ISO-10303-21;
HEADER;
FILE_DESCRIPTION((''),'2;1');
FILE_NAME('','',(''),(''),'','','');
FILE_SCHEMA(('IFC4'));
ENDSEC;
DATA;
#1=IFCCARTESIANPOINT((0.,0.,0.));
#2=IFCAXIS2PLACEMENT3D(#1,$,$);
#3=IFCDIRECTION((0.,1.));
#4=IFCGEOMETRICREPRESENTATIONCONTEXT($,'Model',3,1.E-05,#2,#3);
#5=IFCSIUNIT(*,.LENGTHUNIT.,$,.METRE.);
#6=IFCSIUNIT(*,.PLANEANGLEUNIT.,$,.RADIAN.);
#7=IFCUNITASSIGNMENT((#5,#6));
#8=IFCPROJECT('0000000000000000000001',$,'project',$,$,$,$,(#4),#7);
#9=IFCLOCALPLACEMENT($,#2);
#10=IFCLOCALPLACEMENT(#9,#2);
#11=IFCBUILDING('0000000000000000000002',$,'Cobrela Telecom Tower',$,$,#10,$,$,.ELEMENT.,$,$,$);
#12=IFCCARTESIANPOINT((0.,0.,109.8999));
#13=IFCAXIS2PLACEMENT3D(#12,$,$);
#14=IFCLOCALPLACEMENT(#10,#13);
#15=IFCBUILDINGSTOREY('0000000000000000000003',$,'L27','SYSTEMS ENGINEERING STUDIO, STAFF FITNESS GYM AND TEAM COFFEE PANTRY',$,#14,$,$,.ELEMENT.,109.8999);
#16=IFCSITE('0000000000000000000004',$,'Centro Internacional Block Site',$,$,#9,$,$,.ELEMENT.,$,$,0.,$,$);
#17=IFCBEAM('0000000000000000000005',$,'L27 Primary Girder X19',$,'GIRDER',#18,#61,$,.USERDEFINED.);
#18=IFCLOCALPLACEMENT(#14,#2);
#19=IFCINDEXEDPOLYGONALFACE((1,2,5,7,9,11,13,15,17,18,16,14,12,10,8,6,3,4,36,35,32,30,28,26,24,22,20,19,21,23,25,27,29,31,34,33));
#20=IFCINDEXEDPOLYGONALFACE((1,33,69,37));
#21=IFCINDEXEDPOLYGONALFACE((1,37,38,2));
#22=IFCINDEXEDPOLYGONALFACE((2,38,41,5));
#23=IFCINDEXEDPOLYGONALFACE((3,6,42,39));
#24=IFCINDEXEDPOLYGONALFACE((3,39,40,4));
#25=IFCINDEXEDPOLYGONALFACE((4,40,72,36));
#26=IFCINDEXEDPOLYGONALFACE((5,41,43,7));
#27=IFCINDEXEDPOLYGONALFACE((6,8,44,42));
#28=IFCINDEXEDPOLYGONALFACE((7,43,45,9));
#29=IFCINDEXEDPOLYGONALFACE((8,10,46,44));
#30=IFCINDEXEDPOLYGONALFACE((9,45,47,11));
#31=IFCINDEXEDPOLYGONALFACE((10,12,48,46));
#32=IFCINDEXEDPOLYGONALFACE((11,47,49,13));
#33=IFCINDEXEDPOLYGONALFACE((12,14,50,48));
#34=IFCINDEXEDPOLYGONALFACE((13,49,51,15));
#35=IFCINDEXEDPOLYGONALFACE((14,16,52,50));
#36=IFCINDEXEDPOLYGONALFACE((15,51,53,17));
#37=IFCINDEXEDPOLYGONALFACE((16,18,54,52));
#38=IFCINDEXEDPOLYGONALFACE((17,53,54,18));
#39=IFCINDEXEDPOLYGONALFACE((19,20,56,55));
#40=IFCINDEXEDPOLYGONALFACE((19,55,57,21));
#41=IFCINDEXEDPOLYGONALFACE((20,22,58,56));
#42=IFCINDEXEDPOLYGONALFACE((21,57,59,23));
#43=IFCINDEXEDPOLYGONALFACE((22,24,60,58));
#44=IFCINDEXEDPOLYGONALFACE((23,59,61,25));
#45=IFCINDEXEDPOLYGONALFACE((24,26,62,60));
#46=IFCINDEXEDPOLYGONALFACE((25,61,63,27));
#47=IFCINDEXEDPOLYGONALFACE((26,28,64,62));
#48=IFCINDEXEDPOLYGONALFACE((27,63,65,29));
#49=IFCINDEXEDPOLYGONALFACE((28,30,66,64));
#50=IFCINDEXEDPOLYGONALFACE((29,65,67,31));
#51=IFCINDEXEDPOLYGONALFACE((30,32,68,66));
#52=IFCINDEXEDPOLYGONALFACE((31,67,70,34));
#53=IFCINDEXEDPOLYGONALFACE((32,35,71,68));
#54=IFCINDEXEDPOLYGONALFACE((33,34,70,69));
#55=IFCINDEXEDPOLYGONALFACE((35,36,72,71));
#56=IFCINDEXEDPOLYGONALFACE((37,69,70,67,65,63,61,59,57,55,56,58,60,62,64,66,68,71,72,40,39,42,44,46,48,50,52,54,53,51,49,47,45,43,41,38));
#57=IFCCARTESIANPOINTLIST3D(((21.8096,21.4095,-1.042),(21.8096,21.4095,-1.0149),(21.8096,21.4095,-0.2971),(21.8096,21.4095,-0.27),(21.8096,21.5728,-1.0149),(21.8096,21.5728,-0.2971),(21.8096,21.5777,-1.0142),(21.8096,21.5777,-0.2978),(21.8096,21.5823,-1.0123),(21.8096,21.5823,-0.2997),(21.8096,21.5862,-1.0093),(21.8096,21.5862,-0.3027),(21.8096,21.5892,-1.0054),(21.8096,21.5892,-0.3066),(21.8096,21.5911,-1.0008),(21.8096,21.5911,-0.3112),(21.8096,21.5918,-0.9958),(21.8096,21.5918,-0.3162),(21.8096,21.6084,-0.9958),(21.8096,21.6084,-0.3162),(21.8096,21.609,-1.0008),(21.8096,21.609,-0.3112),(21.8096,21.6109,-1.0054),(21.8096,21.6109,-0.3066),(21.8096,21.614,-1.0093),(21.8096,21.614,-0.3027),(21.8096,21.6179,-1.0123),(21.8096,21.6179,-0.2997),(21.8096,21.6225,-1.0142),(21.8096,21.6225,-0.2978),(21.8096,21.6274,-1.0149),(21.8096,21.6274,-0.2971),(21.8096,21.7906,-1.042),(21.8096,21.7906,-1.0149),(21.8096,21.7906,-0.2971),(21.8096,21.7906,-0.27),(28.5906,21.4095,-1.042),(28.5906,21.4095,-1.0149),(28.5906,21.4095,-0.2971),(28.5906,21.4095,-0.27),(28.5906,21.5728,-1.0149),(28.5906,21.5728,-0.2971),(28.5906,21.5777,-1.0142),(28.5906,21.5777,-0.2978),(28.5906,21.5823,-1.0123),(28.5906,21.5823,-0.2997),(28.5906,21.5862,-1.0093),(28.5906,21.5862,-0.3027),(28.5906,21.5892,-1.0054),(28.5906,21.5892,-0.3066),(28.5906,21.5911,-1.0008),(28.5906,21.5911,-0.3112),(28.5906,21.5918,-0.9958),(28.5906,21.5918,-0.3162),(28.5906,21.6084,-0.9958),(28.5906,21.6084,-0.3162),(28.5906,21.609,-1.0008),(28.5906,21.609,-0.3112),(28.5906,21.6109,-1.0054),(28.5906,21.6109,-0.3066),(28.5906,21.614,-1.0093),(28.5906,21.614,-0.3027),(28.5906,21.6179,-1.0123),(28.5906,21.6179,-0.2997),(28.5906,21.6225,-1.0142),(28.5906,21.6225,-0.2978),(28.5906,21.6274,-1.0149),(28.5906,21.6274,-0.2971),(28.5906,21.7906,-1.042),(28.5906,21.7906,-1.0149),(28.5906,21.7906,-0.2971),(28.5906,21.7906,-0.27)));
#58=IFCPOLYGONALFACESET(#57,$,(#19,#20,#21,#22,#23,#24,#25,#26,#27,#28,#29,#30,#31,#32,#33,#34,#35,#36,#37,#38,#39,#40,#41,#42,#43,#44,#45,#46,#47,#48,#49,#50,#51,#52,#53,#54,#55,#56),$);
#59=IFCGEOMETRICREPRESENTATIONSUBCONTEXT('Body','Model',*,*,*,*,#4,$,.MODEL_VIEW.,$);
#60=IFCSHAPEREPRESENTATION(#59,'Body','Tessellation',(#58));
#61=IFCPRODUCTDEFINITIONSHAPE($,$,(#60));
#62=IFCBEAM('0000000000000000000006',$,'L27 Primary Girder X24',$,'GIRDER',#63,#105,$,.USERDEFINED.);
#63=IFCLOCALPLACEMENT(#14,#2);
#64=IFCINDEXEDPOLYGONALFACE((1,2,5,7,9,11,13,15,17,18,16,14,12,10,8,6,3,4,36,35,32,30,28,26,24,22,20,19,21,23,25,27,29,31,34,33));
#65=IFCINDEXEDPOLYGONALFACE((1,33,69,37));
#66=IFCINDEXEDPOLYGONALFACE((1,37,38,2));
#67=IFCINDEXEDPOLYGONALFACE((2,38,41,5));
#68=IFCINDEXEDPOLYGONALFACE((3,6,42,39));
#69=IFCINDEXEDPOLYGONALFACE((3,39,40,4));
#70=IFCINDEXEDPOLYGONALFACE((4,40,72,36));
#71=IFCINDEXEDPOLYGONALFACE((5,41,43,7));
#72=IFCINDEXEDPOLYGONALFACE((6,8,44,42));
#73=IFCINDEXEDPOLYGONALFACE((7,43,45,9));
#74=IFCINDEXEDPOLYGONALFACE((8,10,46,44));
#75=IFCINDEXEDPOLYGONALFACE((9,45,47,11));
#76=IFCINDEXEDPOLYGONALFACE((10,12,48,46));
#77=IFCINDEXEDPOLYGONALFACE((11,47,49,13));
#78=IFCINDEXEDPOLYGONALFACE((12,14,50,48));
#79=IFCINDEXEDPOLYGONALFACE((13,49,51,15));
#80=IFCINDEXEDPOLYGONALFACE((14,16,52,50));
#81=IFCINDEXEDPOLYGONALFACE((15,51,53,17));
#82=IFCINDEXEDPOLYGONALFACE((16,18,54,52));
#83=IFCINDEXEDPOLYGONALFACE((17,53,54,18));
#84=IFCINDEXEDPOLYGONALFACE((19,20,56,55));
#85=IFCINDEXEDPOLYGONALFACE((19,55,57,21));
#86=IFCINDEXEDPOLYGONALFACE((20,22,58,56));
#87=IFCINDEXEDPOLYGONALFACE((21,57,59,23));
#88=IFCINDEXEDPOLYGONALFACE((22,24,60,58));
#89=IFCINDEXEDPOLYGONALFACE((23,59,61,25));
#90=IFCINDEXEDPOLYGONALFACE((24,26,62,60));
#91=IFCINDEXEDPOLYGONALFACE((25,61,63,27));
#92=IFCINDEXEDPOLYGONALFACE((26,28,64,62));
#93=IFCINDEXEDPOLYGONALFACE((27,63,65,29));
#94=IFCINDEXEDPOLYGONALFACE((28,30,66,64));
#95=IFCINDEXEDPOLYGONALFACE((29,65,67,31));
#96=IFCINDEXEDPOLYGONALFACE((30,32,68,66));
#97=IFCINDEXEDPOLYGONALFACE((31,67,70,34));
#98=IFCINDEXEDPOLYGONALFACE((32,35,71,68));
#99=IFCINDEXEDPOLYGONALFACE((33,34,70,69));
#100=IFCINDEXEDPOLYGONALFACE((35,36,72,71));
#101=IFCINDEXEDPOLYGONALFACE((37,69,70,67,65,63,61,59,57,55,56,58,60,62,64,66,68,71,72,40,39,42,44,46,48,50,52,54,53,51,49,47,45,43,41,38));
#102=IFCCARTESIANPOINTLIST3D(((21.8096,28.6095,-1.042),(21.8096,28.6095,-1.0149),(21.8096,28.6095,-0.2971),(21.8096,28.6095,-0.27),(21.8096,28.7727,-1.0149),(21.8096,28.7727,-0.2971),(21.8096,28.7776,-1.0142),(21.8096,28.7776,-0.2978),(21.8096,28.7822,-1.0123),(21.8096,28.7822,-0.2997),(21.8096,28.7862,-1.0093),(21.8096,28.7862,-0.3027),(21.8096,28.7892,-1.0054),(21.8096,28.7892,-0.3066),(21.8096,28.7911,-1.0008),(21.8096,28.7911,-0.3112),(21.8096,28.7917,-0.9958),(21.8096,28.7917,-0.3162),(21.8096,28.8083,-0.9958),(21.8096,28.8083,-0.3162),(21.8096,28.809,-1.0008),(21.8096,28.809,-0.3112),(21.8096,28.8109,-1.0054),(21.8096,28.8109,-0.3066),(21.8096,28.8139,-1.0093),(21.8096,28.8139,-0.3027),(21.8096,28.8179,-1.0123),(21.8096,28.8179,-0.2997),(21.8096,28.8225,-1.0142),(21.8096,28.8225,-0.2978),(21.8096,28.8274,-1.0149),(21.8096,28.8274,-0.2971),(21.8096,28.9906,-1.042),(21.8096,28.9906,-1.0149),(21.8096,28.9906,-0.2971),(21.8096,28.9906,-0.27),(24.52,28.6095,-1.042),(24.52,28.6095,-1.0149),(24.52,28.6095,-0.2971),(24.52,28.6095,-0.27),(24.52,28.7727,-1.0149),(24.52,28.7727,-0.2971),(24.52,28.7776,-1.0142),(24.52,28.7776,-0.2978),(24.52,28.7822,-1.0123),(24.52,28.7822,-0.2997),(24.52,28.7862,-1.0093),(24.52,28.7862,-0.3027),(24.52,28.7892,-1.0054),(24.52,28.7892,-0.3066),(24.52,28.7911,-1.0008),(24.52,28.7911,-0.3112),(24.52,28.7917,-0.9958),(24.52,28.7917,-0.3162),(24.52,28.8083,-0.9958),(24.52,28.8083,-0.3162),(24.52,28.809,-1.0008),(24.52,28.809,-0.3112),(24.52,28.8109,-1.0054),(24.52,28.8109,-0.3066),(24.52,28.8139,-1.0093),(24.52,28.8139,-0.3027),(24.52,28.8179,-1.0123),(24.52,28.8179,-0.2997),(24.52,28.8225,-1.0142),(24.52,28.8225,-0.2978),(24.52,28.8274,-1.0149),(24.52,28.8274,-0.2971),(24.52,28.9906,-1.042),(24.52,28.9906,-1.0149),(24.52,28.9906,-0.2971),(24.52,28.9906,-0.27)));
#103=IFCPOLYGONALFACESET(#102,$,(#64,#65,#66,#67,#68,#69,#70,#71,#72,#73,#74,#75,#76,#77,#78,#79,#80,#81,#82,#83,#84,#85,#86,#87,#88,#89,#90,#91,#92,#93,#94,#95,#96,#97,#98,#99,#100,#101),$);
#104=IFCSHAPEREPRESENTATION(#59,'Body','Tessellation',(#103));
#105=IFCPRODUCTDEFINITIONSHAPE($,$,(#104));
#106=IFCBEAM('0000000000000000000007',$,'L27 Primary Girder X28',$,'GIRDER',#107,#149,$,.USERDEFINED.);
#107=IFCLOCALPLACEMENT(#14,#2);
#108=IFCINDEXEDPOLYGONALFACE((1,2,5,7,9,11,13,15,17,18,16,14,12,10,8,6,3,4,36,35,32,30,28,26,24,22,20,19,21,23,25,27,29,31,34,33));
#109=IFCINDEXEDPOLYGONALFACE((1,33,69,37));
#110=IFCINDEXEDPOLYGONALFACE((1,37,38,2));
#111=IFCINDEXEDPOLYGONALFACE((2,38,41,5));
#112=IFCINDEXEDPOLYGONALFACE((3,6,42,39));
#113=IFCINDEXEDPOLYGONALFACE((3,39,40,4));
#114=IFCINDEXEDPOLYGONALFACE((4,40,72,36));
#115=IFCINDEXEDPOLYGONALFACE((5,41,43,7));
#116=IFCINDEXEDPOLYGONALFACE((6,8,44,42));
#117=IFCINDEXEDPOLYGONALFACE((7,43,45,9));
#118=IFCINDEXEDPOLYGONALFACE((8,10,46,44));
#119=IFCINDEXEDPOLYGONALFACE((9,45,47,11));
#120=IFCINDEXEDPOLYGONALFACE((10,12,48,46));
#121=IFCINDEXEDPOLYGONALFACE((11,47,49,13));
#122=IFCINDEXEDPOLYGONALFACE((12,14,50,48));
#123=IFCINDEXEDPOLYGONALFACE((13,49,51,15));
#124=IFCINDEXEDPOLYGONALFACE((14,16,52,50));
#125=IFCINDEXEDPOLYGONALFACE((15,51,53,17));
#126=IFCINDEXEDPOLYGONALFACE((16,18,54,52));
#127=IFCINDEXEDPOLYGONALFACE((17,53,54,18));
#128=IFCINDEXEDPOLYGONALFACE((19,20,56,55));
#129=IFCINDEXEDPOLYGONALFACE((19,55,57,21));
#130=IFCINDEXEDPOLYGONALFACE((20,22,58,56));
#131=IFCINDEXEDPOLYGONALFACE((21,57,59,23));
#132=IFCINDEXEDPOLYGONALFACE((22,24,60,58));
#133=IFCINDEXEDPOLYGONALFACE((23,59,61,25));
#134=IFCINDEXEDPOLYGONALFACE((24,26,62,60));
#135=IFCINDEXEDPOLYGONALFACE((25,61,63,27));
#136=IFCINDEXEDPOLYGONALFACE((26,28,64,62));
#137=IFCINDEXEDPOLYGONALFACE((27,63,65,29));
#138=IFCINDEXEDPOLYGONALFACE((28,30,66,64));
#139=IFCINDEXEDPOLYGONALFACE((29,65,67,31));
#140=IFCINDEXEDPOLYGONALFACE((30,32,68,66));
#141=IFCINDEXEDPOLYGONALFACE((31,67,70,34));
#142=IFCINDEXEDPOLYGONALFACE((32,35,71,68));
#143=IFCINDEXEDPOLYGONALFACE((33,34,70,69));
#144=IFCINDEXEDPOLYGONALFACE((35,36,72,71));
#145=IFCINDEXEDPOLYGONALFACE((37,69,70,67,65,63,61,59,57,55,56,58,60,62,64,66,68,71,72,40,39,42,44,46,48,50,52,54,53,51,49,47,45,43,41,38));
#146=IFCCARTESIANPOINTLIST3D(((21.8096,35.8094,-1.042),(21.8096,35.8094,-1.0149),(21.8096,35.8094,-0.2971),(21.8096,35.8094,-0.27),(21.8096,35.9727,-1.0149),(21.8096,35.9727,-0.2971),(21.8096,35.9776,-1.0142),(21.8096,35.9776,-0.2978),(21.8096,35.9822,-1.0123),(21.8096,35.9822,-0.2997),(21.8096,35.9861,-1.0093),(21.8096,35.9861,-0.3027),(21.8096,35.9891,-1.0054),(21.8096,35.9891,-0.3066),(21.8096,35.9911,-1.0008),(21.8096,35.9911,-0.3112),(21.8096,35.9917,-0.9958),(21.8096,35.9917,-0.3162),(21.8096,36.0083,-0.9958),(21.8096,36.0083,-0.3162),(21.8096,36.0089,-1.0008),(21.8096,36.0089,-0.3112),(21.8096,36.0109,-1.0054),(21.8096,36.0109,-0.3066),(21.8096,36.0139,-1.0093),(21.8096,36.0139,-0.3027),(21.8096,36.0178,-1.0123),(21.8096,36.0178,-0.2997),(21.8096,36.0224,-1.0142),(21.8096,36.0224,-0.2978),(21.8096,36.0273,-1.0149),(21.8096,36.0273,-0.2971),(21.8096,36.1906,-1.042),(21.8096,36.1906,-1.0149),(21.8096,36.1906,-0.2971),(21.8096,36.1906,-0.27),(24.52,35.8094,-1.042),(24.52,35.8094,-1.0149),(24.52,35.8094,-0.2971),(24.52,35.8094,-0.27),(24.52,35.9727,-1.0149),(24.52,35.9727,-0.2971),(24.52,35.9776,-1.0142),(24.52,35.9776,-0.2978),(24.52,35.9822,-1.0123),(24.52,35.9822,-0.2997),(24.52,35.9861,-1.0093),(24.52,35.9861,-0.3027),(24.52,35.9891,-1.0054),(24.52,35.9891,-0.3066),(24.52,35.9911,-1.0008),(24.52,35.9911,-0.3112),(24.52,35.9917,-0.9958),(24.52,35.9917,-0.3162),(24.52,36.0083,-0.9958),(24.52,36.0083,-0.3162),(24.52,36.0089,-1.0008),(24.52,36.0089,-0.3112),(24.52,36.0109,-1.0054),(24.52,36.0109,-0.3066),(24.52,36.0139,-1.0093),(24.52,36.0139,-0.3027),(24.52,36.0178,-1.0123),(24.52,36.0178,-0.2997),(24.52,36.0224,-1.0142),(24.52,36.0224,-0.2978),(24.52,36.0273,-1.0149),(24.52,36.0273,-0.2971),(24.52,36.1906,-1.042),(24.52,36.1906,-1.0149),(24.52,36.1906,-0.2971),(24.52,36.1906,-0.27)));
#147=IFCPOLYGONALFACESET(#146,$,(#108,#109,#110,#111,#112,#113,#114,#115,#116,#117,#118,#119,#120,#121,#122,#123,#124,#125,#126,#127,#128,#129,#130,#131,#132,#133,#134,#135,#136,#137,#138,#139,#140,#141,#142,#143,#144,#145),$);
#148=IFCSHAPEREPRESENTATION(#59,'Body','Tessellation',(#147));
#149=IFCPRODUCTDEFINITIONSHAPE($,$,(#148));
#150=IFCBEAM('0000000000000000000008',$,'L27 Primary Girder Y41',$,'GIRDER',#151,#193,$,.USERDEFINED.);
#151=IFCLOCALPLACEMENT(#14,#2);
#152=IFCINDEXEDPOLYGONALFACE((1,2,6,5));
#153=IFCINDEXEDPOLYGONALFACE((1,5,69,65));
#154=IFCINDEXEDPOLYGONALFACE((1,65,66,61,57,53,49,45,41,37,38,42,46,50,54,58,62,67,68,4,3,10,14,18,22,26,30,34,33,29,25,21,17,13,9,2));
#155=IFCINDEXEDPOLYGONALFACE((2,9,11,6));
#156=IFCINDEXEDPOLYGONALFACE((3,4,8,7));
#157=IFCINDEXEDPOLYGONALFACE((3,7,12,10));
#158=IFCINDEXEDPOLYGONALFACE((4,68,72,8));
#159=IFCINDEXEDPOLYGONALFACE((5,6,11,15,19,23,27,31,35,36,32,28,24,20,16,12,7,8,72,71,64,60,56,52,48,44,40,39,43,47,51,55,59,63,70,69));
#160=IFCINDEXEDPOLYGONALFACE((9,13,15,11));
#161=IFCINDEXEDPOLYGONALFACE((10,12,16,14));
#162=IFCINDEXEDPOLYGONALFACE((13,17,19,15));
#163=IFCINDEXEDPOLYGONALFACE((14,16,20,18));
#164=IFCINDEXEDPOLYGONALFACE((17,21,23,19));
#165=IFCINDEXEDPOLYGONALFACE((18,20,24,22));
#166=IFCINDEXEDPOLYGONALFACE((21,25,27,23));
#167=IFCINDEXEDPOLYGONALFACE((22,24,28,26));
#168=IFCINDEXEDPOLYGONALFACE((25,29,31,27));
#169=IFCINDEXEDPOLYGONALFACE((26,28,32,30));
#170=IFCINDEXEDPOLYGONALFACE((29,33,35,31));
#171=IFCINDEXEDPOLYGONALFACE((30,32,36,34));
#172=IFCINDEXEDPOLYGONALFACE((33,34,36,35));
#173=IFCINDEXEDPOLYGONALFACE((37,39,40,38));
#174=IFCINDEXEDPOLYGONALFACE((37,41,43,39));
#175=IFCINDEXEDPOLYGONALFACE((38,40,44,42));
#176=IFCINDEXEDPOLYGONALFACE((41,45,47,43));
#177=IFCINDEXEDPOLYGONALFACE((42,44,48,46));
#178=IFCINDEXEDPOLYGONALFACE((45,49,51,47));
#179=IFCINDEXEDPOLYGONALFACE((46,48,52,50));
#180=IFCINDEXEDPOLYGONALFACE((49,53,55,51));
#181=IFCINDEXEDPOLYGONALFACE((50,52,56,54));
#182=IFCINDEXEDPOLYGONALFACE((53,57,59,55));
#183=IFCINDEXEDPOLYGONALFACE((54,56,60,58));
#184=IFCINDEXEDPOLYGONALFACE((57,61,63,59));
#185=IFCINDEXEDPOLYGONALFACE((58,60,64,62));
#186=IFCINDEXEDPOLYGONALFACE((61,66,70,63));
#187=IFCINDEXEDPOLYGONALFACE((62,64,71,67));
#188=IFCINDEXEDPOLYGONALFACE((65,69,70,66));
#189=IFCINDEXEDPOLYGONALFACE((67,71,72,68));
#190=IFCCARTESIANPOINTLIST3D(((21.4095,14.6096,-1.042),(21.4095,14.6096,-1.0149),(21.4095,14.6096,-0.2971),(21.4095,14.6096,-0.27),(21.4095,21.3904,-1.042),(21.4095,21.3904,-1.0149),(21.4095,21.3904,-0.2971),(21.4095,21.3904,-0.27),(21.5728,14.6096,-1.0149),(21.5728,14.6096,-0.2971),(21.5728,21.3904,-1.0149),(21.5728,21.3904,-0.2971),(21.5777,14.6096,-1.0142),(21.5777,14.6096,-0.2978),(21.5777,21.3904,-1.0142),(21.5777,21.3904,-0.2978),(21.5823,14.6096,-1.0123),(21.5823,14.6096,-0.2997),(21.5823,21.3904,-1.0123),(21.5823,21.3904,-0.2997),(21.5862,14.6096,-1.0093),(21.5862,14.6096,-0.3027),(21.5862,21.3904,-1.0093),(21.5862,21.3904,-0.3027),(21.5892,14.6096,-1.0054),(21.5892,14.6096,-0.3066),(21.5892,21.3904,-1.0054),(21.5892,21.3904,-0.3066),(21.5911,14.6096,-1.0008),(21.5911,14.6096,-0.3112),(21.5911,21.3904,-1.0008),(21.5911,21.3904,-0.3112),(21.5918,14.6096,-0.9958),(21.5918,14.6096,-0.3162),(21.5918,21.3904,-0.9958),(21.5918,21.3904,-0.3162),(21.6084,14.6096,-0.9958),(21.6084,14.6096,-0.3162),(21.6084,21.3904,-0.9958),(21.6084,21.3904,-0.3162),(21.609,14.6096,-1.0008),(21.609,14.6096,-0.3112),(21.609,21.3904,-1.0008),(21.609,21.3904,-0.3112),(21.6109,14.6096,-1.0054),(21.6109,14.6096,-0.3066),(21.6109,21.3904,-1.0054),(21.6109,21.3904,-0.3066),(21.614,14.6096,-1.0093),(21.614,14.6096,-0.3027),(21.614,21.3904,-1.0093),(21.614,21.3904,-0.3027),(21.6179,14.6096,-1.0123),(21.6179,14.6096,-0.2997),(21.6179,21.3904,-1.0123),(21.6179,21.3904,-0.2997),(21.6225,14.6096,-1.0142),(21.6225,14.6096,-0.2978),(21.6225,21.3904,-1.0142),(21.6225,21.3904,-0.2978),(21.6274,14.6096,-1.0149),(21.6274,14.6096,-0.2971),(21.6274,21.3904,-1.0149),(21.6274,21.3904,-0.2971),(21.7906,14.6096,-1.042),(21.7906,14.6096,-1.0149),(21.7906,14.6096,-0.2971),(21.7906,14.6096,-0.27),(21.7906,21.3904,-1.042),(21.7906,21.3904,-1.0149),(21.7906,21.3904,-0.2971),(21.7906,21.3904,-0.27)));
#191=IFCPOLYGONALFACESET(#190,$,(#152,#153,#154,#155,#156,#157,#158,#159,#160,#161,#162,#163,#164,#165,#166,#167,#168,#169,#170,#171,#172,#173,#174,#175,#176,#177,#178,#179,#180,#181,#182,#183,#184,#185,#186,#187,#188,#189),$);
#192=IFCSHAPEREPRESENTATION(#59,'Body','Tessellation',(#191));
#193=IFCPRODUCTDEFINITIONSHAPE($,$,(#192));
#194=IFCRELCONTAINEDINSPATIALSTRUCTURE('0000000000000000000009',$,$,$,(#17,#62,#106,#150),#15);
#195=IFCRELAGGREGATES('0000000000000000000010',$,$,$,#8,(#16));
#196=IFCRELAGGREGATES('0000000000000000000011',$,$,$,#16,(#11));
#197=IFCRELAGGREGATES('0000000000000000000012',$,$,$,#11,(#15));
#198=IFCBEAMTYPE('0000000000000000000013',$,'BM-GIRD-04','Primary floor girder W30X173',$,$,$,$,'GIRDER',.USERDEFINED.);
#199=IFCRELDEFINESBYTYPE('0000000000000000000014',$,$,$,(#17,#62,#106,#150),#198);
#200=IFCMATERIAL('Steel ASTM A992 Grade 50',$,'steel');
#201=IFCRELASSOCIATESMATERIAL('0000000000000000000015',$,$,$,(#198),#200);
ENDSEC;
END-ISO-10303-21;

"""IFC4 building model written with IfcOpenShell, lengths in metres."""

from ifc_helpers import new_model, si_unit, direction, frame, origin, origin_2d, place, context, subcontext, project, spatial, i_section, extrude, material, material_profile, profile_set, type_object, element, save


model = new_model("IFC4")

# Units and contexts
model_context = context("Model", 3, precision=1e-05, world=origin(), true_north=direction((0.0, 1.0)))
body_context = subcontext(model_context, "Body", "Model", "MODEL_VIEW")
ifc_project = project(units=[si_unit("LENGTHUNIT", "METRE"), si_unit("PLANEANGLEUNIT", "RADIAN")], contexts=[model_context])

# Site, building, storey
site_placement = place(None, origin())
site = spatial("IfcSite", under=ifc_project, at=site_placement, Name="Centro Internacional Block Site", CompositionType="ELEMENT", RefElevation=0.0)
building_placement = place(site_placement, origin())
building = spatial("IfcBuilding", under=site, at=building_placement, Name="Cobrela Telecom Tower", CompositionType="ELEMENT")
storey_placement = place(building_placement, frame((0.0, 0.0, 109.8999)))
storey = spatial("IfcBuildingStorey", under=building, at=storey_placement, Name="L27", Description="SYSTEMS ENGINEERING STUDIO, STAFF FITNESS GYM AND TEAM COFFEE PANTRY", CompositionType="ELEMENT", Elevation=109.8999)

# Shared definitions
ifc_material_1 = material(Name="Steel ASTM A992 Grade 50", Category="steel")

# Beams
ifc_material_profile_1 = material_profile(ifc_material_1, i_section(OverallWidth=0.3811, OverallDepth=0.772, WebThickness=0.0166, FlangeThickness=0.0271, FilletRadius=0.019, at=origin_2d()), Name="W30X173")
ifc_profile_set_1 = profile_set([ifc_material_profile_1], Name="Steel ASTM A992 Grade 50")
beam_type_1 = type_object("IfcBeamType", Name="BM-GIRD-04", Description="Primary floor girder W30X173", ElementType="GIRDER", PredefinedType="USERDEFINED", material=ifc_profile_set_1)
beam_1_placement = place(storey_placement, frame((21.8096, 21.6001, -0.656), z_axis=(1.0, 0.0, 0.0), x_axis=(0.0, 1.0, 0.0)))
element("IfcBeam", 1, at=beam_1_placement, inside=storey, type_object=beam_type_1, Name="L27 Primary Girder X19", ObjectType="GIRDER", PredefinedType="USERDEFINED", context=body_context, shape_type="SweptSolid", body=[
    extrude(i_section(OverallWidth=0.3811, OverallDepth=0.772, WebThickness=0.0166, FlangeThickness=0.0271, FilletRadius=0.019, at=origin_2d()), origin(), (0.0, 0.0, 1.0), 6.781),
])
for number, where, z_axis, x_axis, name in (
    (2, (21.8096, 28.8, -0.656), (1.0, 0.0, 0.0), (0.0, 1.0, 0.0), "L27 Primary Girder X24"),
    (3, (21.8096, 36.0, -0.656), (1.0, 0.0, 0.0), (0.0, 1.0, 0.0), "L27 Primary Girder X28"),
):
    element("IfcBeam", number, at=place(storey_placement, frame(where, z_axis=z_axis, x_axis=x_axis)), inside=storey, type_object=beam_type_1, Name=name, ObjectType="GIRDER", PredefinedType="USERDEFINED", context=body_context, shape_type="SweptSolid", body=[
        extrude(i_section(OverallWidth=0.3811, OverallDepth=0.772, WebThickness=0.0166, FlangeThickness=0.0271, FilletRadius=0.019, at=origin_2d()), origin(), (0.0, 0.0, 1.0), 2.7104),
    ])
beam_2_placement = place(storey_placement, frame((21.6001, 14.6096, -0.656), z_axis=(0.0, 1.0, 0.0), x_axis=(-1.0, 0.0, 0.0)))
element("IfcBeam", 4, at=beam_2_placement, inside=storey, type_object=beam_type_1, Name="L27 Primary Girder Y41", ObjectType="GIRDER", PredefinedType="USERDEFINED", context=body_context, shape_type="SweptSolid", body=[
    extrude(i_section(OverallWidth=0.3811, OverallDepth=0.772, WebThickness=0.0166, FlangeThickness=0.0271, FilletRadius=0.019, at=origin_2d()), origin(), (0.0, 0.0, 1.0), 6.7808),
])

save(model, "model.ifc")
